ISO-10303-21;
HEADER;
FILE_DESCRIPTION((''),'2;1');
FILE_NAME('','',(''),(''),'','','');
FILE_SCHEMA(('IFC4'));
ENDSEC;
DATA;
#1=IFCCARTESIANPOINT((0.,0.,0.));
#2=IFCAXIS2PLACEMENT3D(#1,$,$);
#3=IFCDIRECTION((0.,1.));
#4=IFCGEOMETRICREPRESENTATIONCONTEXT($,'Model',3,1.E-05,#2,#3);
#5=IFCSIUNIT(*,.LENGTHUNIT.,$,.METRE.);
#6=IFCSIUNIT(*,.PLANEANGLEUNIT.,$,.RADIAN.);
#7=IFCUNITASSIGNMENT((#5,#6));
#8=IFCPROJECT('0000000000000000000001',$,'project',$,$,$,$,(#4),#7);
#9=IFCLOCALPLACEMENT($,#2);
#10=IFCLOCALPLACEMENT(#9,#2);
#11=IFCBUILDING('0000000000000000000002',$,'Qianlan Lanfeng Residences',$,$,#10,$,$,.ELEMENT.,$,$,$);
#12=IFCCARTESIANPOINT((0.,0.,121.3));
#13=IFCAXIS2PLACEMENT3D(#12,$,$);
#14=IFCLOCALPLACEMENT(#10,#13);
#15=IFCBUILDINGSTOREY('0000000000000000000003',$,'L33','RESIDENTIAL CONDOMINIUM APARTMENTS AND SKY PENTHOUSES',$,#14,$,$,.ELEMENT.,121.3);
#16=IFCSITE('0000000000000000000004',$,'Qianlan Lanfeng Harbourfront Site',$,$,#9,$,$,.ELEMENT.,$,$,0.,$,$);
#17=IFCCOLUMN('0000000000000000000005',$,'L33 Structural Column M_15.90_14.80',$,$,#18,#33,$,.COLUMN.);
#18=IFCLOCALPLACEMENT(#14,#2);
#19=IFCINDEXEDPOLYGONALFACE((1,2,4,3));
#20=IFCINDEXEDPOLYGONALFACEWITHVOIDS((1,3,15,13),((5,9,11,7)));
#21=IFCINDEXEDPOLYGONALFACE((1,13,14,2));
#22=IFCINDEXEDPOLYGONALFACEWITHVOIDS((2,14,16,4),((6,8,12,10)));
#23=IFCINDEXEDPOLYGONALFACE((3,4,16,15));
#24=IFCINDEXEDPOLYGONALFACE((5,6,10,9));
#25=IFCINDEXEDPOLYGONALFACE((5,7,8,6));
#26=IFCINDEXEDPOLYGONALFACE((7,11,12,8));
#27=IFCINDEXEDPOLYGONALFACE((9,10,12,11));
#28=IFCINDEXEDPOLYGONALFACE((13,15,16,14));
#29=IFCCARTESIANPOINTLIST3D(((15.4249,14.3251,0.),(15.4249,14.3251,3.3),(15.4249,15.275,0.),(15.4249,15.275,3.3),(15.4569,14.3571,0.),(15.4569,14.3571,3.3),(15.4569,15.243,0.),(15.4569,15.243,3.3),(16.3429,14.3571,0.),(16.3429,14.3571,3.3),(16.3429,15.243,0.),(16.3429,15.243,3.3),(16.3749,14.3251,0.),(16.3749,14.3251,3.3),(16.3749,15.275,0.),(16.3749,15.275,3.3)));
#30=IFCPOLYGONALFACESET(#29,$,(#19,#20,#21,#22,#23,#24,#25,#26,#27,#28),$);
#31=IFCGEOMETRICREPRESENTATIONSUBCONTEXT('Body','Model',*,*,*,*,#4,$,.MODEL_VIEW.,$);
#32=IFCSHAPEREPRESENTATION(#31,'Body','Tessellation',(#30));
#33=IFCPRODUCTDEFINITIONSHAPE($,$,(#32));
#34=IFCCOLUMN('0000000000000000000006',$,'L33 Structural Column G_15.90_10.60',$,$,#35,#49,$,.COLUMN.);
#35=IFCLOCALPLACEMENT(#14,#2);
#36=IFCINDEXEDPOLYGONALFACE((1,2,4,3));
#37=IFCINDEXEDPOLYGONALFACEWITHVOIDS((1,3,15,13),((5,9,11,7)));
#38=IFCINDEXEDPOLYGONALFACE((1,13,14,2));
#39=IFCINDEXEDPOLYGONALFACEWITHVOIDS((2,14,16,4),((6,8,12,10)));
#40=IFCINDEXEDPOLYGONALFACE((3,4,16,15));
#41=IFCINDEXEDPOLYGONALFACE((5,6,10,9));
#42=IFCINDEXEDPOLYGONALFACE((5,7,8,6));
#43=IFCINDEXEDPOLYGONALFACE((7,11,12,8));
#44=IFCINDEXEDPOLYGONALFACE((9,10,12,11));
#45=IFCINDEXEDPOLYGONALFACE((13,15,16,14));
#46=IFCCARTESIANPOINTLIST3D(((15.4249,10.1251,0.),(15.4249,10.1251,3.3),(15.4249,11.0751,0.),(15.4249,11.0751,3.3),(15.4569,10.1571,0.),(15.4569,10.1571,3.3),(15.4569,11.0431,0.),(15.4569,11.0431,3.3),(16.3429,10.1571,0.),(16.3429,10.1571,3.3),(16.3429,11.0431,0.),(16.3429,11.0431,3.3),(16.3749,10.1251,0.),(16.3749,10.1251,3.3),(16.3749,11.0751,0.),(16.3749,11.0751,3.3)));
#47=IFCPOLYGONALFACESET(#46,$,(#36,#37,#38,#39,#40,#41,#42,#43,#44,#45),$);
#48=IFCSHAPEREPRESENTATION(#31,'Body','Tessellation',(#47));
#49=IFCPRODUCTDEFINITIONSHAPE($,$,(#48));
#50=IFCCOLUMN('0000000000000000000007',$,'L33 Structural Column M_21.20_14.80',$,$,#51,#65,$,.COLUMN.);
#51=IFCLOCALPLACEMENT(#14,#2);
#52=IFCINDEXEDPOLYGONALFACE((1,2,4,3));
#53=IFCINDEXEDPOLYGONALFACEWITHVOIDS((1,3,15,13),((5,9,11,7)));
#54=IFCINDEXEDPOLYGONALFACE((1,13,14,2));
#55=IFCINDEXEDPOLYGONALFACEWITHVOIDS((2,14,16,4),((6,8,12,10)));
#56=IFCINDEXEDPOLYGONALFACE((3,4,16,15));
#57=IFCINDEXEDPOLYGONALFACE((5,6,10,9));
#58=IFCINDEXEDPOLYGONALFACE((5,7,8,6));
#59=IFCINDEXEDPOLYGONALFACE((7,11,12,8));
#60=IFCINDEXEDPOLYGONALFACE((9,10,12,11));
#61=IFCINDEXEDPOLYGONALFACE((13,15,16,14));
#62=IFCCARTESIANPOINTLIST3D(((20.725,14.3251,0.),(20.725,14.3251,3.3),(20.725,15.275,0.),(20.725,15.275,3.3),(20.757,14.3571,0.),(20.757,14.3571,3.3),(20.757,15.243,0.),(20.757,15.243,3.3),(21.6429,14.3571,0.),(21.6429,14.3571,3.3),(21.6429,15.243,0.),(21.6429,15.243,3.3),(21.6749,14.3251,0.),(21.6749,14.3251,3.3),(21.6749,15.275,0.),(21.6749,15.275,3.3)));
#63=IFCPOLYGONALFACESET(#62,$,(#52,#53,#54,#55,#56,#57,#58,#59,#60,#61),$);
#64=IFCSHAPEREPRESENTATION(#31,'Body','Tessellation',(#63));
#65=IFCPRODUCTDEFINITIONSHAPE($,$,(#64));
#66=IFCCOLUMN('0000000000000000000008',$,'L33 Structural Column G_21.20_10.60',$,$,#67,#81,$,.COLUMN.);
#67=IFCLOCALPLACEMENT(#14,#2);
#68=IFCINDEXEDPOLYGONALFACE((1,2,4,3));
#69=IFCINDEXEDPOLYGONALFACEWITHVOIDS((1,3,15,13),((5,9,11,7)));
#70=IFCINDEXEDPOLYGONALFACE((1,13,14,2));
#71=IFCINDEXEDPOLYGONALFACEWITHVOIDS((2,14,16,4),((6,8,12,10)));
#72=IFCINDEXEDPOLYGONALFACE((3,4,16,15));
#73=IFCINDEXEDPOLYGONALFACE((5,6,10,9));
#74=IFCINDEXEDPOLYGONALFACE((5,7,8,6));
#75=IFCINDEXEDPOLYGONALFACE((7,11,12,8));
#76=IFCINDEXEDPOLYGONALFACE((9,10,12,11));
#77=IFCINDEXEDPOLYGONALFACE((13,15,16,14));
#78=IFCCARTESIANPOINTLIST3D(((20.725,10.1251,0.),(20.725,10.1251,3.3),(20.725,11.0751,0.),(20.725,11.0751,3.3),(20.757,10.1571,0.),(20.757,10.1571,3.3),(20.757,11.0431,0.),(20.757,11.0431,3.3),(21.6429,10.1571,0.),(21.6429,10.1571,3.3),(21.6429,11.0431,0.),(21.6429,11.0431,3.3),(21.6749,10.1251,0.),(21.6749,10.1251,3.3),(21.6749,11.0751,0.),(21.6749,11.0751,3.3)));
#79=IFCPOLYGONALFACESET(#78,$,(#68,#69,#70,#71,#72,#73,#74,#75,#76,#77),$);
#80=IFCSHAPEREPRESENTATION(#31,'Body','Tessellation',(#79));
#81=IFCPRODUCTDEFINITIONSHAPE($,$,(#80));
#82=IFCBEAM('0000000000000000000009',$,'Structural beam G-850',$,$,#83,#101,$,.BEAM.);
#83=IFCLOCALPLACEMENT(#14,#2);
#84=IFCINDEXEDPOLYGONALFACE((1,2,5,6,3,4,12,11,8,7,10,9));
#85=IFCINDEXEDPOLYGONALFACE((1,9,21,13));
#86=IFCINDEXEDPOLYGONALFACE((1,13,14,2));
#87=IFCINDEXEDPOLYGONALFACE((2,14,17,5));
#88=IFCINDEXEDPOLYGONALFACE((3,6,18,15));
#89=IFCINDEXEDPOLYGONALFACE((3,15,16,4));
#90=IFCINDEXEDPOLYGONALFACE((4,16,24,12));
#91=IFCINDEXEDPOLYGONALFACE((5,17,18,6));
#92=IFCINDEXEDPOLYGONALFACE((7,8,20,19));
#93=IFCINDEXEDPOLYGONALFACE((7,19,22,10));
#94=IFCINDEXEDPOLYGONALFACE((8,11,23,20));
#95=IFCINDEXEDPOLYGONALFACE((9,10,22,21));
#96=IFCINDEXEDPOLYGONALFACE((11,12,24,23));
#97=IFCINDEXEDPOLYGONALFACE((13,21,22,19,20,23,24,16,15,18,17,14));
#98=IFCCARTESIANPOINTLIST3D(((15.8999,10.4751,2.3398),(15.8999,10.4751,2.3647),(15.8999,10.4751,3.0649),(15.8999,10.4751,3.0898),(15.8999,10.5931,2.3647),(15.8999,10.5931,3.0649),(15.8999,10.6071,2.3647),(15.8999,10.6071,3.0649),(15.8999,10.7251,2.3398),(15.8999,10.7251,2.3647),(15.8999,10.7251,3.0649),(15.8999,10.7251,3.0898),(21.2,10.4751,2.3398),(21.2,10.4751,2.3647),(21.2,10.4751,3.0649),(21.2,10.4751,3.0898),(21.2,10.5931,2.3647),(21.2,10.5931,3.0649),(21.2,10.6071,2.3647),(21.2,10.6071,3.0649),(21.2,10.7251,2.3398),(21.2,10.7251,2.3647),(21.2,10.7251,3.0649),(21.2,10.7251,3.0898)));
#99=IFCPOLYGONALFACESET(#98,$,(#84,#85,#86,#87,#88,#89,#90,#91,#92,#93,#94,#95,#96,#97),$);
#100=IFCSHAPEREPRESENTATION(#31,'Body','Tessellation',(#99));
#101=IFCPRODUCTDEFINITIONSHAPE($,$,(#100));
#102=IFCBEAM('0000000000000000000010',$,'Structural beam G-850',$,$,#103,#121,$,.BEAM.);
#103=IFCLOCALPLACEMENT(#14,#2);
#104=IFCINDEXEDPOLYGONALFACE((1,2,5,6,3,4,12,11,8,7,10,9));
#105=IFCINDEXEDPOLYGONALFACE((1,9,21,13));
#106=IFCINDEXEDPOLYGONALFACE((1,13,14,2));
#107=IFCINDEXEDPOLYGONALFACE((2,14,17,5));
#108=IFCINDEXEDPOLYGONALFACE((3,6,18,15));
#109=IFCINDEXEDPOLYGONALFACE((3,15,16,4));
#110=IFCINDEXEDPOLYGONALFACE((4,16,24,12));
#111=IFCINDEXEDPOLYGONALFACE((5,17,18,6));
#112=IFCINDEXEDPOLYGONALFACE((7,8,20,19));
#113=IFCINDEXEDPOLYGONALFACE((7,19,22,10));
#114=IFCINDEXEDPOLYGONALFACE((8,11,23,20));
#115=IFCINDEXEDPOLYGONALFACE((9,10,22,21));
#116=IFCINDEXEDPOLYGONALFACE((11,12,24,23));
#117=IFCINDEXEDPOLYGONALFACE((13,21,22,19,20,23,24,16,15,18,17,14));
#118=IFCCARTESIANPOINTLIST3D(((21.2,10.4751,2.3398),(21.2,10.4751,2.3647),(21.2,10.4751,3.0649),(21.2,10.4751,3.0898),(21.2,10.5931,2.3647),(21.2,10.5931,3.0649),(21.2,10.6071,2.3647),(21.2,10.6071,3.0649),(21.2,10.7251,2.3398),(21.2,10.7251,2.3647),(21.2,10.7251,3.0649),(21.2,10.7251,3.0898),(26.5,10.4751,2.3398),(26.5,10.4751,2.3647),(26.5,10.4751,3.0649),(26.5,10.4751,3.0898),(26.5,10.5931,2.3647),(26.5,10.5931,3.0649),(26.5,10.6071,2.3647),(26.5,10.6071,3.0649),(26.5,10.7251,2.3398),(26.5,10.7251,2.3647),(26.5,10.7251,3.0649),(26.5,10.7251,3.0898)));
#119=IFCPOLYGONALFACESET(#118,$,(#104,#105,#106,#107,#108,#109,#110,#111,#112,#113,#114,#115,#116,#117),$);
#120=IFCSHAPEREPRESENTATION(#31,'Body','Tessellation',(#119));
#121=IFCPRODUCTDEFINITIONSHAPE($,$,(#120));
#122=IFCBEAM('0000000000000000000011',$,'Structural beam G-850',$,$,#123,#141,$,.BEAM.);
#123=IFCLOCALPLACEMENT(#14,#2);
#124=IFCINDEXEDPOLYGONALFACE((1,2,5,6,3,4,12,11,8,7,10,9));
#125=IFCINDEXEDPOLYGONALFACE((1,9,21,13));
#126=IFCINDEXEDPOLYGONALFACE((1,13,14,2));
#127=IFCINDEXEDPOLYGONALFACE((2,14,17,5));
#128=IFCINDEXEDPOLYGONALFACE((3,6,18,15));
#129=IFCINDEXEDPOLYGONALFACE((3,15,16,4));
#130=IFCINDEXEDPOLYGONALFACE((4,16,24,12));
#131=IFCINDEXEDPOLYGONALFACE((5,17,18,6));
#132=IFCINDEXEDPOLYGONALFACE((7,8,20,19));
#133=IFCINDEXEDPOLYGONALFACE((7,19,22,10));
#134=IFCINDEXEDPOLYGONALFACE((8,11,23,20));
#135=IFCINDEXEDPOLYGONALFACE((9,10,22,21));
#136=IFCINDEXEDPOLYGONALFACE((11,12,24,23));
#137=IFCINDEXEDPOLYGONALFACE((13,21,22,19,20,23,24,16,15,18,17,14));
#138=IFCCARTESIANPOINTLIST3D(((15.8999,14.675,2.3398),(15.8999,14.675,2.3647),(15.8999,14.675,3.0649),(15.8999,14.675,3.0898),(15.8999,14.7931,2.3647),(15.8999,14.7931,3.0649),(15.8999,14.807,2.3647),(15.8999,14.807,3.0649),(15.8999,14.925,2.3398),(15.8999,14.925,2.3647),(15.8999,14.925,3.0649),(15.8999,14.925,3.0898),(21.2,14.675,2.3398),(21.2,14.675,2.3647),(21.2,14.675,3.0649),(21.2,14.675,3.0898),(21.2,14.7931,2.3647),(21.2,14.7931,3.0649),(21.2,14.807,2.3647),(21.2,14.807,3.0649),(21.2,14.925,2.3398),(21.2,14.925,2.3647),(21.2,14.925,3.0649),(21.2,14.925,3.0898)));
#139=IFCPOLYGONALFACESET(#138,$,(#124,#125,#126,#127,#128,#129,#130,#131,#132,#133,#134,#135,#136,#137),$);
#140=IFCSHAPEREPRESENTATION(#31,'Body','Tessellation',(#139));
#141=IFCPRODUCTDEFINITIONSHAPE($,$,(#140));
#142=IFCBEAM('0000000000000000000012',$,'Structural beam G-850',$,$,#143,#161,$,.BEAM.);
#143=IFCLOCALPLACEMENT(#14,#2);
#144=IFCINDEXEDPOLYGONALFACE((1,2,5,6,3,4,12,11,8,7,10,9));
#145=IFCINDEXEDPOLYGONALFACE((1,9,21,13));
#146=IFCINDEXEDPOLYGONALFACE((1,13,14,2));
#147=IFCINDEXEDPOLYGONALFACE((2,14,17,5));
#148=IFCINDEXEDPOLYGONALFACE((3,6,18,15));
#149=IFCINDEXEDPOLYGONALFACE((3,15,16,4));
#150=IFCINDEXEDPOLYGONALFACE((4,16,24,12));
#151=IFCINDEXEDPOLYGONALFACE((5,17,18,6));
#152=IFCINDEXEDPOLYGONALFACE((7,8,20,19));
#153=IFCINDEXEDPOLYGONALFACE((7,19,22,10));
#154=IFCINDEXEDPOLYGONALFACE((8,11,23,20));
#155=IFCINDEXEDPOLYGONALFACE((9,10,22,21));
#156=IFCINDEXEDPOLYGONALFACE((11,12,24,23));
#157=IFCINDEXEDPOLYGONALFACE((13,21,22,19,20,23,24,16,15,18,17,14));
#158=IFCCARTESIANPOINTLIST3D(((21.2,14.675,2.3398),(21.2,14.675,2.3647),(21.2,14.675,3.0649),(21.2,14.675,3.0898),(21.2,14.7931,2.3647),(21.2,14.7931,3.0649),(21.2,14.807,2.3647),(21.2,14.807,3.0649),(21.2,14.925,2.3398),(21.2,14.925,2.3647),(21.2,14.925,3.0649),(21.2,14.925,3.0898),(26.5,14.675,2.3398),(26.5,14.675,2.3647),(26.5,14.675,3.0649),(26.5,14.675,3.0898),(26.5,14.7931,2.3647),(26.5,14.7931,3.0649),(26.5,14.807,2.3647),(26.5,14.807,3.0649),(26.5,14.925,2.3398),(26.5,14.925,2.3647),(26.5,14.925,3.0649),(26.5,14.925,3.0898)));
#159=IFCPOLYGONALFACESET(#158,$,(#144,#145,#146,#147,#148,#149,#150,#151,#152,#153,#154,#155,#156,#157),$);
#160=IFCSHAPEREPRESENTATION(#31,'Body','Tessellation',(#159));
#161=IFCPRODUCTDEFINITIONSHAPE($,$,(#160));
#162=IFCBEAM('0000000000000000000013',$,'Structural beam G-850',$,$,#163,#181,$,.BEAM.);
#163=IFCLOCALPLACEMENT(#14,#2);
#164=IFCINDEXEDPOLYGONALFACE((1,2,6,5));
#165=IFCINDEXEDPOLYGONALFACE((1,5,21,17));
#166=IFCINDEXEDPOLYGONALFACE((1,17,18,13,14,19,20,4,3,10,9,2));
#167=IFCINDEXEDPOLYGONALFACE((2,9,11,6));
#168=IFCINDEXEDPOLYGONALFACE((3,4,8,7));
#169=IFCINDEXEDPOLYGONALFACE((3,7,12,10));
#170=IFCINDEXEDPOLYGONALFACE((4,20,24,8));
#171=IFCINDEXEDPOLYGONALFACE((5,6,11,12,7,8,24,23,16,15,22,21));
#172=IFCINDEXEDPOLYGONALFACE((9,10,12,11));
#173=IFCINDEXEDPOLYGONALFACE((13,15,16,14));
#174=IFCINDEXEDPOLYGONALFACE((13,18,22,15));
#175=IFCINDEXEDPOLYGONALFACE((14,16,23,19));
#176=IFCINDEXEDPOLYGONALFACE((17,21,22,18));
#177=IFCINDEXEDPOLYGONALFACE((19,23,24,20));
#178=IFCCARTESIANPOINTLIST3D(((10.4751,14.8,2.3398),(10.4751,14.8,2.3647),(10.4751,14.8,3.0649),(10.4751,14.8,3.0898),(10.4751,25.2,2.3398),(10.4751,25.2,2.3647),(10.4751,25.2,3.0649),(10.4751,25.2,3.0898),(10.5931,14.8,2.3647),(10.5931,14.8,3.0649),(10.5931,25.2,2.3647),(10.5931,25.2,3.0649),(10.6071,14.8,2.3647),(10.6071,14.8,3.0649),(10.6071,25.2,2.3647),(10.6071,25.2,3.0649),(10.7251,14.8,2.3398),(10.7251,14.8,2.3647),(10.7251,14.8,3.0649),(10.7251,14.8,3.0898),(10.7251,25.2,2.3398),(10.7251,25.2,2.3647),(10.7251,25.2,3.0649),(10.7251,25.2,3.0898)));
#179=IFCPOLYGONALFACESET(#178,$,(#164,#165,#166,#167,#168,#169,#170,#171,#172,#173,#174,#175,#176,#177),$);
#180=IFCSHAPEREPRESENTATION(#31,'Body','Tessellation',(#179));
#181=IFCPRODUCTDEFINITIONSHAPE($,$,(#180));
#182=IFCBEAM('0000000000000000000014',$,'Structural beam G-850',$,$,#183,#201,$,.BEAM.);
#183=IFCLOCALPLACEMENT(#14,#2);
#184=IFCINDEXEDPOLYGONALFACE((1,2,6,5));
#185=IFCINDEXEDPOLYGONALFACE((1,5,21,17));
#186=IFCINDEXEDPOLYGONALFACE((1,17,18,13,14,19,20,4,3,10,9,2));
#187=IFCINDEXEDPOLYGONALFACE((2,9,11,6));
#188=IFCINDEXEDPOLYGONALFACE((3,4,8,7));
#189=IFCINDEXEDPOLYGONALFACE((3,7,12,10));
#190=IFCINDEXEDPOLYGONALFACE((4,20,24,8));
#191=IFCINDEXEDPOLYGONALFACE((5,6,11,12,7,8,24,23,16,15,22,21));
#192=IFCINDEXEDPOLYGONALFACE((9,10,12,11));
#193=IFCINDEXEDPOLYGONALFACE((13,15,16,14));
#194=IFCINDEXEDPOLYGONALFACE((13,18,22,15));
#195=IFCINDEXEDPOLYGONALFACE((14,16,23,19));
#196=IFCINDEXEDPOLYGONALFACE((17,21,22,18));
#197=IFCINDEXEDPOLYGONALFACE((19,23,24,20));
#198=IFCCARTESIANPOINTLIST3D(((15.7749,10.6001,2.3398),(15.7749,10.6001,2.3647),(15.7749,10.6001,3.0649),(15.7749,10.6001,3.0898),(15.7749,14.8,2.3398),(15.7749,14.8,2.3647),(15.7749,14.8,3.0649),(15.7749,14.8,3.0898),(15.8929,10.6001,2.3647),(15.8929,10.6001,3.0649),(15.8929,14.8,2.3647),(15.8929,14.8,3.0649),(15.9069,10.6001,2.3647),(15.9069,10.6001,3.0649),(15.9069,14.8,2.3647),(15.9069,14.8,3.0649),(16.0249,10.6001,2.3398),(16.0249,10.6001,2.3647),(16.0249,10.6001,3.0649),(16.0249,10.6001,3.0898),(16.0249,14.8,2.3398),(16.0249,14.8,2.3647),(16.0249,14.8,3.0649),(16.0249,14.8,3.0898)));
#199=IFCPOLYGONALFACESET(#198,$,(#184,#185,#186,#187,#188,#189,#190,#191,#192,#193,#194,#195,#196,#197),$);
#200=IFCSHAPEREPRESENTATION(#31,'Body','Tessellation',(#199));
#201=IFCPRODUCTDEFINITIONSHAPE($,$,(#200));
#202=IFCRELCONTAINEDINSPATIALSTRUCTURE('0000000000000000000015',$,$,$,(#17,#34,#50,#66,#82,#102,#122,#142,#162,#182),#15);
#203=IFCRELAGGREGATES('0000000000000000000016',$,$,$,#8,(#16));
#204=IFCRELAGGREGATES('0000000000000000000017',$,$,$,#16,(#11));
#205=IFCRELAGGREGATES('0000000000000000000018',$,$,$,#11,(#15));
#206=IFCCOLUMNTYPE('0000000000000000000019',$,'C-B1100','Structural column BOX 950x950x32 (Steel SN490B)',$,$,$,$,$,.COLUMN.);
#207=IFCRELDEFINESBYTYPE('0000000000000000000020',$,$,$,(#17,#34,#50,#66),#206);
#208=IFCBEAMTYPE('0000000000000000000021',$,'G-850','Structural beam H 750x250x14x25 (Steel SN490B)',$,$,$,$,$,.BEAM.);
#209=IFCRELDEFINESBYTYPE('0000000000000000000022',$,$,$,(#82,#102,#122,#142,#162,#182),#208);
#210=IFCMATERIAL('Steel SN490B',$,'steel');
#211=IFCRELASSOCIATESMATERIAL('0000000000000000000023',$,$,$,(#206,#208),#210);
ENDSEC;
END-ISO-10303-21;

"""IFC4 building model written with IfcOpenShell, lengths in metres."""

from ifc_helpers import new_model, si_unit, direction, frame, origin, origin_2d, place, context, subcontext, project, spatial, hollow_rectangle, i_section, extrude, material, material_profile, profile_set, type_object, element, save


model = new_model("IFC4")

# Units and contexts
model_context = context("Model", 3, precision=1e-05, world=origin(), true_north=direction((0.0, 1.0)))
body_context = subcontext(model_context, "Body", "Model", "MODEL_VIEW")
ifc_project = project(units=[si_unit("LENGTHUNIT", "METRE"), si_unit("PLANEANGLEUNIT", "RADIAN")], contexts=[model_context])

# Site, building, storey
site_placement = place(None, origin())
site = spatial("IfcSite", under=ifc_project, at=site_placement, Name="Qianlan Lanfeng Harbourfront Site", CompositionType="ELEMENT", RefElevation=0.0)
building_placement = place(site_placement, origin())
building = spatial("IfcBuilding", under=site, at=building_placement, Name="Qianlan Lanfeng Residences", CompositionType="ELEMENT")
storey_placement = place(building_placement, frame((0.0, 0.0, 121.3)))
storey = spatial("IfcBuildingStorey", under=building, at=storey_placement, Name="L33", Description="RESIDENTIAL CONDOMINIUM APARTMENTS AND SKY PENTHOUSES", CompositionType="ELEMENT", Elevation=121.3)

# Columns
ifc_material_1 = material(Name="Steel SN490B", Category="steel")
ifc_material_profile_1 = material_profile(ifc_material_1, hollow_rectangle(XDim=0.95, YDim=0.95, WallThickness=0.032, at=origin_2d()), Name="BOX 950x950x32")
ifc_profile_set_1 = profile_set([ifc_material_profile_1], Name="Steel SN490B")
column_type = type_object("IfcColumnType", Name="C-B1100", Description="Structural column BOX 950x950x32 (Steel SN490B)", PredefinedType="COLUMN", material=ifc_profile_set_1)
for number, where, z_axis, x_axis, name in (
    (1, (15.8999, 14.8, 0.0), (0.0, 0.0, 1.0), (1.0, 0.0, 0.0), "L33 Structural Column M_15.90_14.80"),
    (2, (15.8999, 10.6001, 0.0), (0.0, 0.0, 1.0), (1.0, 0.0, 0.0), "L33 Structural Column G_15.90_10.60"),
    (3, (21.2, 14.8, 0.0), (0.0, 0.0, 1.0), (1.0, 0.0, 0.0), "L33 Structural Column M_21.20_14.80"),
    (4, (21.2, 10.6001, 0.0), (0.0, 0.0, 1.0), (1.0, 0.0, 0.0), "L33 Structural Column G_21.20_10.60"),
):
    element("IfcColumn", number, at=place(storey_placement, frame(where, z_axis=z_axis, x_axis=x_axis)), inside=storey, type_object=column_type, Name=name, PredefinedType="COLUMN", context=body_context, shape_type="SweptSolid", body=[
        extrude(hollow_rectangle(XDim=0.95, YDim=0.95, WallThickness=0.032, at=origin_2d()), origin(), (0.0, 0.0, 1.0), 3.3),
    ])

# Beams
ifc_material_profile_2 = material_profile(ifc_material_1, i_section(OverallWidth=0.25, OverallDepth=0.75, WebThickness=0.0139, FlangeThickness=0.0249, at=origin_2d()), Name="H 750x250x14x25")
ifc_profile_set_2 = profile_set([ifc_material_profile_2], Name="Steel SN490B")
beam_type_1 = type_object("IfcBeamType", Name="G-850", Description="Structural beam H 750x250x14x25 (Steel SN490B)", PredefinedType="BEAM", material=ifc_profile_set_2)
for number, where, z_axis, x_axis, name in (
    (5, (15.8999, 10.6001, 2.7148), (1.0, 0.0, 0.0), (0.0, 1.0, 0.0), "Structural beam G-850"),
    (6, (21.2, 10.6001, 2.7148), (1.0, 0.0, 0.0), (0.0, 1.0, 0.0), "Structural beam G-850"),
    (7, (15.8999, 14.8, 2.7148), (1.0, 0.0, 0.0), (0.0, 1.0, 0.0), "Structural beam G-850"),
    (8, (21.2, 14.8, 2.7148), (1.0, 0.0, 0.0), (0.0, 1.0, 0.0), "Structural beam G-850"),
):
    element("IfcBeam", number, at=place(storey_placement, frame(where, z_axis=z_axis, x_axis=x_axis)), inside=storey, type_object=beam_type_1, Name=name, PredefinedType="BEAM", context=body_context, shape_type="SweptSolid", body=[
        extrude(i_section(OverallWidth=0.25, OverallDepth=0.75, WebThickness=0.0139, FlangeThickness=0.0249, at=origin_2d()), origin(), (0.0, 0.0, 1.0), 5.3),
    ])
beam_1_placement = place(storey_placement, frame((10.6001, 14.8, 2.7148), z_axis=(0.0, 1.0, 0.0), x_axis=(-1.0, 0.0, 0.0)))
element("IfcBeam", 9, at=beam_1_placement, inside=storey, type_object=beam_type_1, Name="Structural beam G-850", PredefinedType="BEAM", context=body_context, shape_type="SweptSolid", body=[
    extrude(i_section(OverallWidth=0.25, OverallDepth=0.75, WebThickness=0.0139, FlangeThickness=0.0249, at=origin_2d()), origin(), (0.0, 0.0, 1.0), 10.3999),
])
beam_2_placement = place(storey_placement, frame((15.8999, 10.6001, 2.7148), z_axis=(0.0, 1.0, 0.0), x_axis=(-1.0, 0.0, 0.0)))
element("IfcBeam", 10, at=beam_2_placement, inside=storey, type_object=beam_type_1, Name="Structural beam G-850", PredefinedType="BEAM", context=body_context, shape_type="SweptSolid", body=[
    extrude(i_section(OverallWidth=0.25, OverallDepth=0.75, WebThickness=0.0139, FlangeThickness=0.0249, at=origin_2d()), origin(), (0.0, 0.0, 1.0), 4.2),
])

save(model, "model.ifc")
